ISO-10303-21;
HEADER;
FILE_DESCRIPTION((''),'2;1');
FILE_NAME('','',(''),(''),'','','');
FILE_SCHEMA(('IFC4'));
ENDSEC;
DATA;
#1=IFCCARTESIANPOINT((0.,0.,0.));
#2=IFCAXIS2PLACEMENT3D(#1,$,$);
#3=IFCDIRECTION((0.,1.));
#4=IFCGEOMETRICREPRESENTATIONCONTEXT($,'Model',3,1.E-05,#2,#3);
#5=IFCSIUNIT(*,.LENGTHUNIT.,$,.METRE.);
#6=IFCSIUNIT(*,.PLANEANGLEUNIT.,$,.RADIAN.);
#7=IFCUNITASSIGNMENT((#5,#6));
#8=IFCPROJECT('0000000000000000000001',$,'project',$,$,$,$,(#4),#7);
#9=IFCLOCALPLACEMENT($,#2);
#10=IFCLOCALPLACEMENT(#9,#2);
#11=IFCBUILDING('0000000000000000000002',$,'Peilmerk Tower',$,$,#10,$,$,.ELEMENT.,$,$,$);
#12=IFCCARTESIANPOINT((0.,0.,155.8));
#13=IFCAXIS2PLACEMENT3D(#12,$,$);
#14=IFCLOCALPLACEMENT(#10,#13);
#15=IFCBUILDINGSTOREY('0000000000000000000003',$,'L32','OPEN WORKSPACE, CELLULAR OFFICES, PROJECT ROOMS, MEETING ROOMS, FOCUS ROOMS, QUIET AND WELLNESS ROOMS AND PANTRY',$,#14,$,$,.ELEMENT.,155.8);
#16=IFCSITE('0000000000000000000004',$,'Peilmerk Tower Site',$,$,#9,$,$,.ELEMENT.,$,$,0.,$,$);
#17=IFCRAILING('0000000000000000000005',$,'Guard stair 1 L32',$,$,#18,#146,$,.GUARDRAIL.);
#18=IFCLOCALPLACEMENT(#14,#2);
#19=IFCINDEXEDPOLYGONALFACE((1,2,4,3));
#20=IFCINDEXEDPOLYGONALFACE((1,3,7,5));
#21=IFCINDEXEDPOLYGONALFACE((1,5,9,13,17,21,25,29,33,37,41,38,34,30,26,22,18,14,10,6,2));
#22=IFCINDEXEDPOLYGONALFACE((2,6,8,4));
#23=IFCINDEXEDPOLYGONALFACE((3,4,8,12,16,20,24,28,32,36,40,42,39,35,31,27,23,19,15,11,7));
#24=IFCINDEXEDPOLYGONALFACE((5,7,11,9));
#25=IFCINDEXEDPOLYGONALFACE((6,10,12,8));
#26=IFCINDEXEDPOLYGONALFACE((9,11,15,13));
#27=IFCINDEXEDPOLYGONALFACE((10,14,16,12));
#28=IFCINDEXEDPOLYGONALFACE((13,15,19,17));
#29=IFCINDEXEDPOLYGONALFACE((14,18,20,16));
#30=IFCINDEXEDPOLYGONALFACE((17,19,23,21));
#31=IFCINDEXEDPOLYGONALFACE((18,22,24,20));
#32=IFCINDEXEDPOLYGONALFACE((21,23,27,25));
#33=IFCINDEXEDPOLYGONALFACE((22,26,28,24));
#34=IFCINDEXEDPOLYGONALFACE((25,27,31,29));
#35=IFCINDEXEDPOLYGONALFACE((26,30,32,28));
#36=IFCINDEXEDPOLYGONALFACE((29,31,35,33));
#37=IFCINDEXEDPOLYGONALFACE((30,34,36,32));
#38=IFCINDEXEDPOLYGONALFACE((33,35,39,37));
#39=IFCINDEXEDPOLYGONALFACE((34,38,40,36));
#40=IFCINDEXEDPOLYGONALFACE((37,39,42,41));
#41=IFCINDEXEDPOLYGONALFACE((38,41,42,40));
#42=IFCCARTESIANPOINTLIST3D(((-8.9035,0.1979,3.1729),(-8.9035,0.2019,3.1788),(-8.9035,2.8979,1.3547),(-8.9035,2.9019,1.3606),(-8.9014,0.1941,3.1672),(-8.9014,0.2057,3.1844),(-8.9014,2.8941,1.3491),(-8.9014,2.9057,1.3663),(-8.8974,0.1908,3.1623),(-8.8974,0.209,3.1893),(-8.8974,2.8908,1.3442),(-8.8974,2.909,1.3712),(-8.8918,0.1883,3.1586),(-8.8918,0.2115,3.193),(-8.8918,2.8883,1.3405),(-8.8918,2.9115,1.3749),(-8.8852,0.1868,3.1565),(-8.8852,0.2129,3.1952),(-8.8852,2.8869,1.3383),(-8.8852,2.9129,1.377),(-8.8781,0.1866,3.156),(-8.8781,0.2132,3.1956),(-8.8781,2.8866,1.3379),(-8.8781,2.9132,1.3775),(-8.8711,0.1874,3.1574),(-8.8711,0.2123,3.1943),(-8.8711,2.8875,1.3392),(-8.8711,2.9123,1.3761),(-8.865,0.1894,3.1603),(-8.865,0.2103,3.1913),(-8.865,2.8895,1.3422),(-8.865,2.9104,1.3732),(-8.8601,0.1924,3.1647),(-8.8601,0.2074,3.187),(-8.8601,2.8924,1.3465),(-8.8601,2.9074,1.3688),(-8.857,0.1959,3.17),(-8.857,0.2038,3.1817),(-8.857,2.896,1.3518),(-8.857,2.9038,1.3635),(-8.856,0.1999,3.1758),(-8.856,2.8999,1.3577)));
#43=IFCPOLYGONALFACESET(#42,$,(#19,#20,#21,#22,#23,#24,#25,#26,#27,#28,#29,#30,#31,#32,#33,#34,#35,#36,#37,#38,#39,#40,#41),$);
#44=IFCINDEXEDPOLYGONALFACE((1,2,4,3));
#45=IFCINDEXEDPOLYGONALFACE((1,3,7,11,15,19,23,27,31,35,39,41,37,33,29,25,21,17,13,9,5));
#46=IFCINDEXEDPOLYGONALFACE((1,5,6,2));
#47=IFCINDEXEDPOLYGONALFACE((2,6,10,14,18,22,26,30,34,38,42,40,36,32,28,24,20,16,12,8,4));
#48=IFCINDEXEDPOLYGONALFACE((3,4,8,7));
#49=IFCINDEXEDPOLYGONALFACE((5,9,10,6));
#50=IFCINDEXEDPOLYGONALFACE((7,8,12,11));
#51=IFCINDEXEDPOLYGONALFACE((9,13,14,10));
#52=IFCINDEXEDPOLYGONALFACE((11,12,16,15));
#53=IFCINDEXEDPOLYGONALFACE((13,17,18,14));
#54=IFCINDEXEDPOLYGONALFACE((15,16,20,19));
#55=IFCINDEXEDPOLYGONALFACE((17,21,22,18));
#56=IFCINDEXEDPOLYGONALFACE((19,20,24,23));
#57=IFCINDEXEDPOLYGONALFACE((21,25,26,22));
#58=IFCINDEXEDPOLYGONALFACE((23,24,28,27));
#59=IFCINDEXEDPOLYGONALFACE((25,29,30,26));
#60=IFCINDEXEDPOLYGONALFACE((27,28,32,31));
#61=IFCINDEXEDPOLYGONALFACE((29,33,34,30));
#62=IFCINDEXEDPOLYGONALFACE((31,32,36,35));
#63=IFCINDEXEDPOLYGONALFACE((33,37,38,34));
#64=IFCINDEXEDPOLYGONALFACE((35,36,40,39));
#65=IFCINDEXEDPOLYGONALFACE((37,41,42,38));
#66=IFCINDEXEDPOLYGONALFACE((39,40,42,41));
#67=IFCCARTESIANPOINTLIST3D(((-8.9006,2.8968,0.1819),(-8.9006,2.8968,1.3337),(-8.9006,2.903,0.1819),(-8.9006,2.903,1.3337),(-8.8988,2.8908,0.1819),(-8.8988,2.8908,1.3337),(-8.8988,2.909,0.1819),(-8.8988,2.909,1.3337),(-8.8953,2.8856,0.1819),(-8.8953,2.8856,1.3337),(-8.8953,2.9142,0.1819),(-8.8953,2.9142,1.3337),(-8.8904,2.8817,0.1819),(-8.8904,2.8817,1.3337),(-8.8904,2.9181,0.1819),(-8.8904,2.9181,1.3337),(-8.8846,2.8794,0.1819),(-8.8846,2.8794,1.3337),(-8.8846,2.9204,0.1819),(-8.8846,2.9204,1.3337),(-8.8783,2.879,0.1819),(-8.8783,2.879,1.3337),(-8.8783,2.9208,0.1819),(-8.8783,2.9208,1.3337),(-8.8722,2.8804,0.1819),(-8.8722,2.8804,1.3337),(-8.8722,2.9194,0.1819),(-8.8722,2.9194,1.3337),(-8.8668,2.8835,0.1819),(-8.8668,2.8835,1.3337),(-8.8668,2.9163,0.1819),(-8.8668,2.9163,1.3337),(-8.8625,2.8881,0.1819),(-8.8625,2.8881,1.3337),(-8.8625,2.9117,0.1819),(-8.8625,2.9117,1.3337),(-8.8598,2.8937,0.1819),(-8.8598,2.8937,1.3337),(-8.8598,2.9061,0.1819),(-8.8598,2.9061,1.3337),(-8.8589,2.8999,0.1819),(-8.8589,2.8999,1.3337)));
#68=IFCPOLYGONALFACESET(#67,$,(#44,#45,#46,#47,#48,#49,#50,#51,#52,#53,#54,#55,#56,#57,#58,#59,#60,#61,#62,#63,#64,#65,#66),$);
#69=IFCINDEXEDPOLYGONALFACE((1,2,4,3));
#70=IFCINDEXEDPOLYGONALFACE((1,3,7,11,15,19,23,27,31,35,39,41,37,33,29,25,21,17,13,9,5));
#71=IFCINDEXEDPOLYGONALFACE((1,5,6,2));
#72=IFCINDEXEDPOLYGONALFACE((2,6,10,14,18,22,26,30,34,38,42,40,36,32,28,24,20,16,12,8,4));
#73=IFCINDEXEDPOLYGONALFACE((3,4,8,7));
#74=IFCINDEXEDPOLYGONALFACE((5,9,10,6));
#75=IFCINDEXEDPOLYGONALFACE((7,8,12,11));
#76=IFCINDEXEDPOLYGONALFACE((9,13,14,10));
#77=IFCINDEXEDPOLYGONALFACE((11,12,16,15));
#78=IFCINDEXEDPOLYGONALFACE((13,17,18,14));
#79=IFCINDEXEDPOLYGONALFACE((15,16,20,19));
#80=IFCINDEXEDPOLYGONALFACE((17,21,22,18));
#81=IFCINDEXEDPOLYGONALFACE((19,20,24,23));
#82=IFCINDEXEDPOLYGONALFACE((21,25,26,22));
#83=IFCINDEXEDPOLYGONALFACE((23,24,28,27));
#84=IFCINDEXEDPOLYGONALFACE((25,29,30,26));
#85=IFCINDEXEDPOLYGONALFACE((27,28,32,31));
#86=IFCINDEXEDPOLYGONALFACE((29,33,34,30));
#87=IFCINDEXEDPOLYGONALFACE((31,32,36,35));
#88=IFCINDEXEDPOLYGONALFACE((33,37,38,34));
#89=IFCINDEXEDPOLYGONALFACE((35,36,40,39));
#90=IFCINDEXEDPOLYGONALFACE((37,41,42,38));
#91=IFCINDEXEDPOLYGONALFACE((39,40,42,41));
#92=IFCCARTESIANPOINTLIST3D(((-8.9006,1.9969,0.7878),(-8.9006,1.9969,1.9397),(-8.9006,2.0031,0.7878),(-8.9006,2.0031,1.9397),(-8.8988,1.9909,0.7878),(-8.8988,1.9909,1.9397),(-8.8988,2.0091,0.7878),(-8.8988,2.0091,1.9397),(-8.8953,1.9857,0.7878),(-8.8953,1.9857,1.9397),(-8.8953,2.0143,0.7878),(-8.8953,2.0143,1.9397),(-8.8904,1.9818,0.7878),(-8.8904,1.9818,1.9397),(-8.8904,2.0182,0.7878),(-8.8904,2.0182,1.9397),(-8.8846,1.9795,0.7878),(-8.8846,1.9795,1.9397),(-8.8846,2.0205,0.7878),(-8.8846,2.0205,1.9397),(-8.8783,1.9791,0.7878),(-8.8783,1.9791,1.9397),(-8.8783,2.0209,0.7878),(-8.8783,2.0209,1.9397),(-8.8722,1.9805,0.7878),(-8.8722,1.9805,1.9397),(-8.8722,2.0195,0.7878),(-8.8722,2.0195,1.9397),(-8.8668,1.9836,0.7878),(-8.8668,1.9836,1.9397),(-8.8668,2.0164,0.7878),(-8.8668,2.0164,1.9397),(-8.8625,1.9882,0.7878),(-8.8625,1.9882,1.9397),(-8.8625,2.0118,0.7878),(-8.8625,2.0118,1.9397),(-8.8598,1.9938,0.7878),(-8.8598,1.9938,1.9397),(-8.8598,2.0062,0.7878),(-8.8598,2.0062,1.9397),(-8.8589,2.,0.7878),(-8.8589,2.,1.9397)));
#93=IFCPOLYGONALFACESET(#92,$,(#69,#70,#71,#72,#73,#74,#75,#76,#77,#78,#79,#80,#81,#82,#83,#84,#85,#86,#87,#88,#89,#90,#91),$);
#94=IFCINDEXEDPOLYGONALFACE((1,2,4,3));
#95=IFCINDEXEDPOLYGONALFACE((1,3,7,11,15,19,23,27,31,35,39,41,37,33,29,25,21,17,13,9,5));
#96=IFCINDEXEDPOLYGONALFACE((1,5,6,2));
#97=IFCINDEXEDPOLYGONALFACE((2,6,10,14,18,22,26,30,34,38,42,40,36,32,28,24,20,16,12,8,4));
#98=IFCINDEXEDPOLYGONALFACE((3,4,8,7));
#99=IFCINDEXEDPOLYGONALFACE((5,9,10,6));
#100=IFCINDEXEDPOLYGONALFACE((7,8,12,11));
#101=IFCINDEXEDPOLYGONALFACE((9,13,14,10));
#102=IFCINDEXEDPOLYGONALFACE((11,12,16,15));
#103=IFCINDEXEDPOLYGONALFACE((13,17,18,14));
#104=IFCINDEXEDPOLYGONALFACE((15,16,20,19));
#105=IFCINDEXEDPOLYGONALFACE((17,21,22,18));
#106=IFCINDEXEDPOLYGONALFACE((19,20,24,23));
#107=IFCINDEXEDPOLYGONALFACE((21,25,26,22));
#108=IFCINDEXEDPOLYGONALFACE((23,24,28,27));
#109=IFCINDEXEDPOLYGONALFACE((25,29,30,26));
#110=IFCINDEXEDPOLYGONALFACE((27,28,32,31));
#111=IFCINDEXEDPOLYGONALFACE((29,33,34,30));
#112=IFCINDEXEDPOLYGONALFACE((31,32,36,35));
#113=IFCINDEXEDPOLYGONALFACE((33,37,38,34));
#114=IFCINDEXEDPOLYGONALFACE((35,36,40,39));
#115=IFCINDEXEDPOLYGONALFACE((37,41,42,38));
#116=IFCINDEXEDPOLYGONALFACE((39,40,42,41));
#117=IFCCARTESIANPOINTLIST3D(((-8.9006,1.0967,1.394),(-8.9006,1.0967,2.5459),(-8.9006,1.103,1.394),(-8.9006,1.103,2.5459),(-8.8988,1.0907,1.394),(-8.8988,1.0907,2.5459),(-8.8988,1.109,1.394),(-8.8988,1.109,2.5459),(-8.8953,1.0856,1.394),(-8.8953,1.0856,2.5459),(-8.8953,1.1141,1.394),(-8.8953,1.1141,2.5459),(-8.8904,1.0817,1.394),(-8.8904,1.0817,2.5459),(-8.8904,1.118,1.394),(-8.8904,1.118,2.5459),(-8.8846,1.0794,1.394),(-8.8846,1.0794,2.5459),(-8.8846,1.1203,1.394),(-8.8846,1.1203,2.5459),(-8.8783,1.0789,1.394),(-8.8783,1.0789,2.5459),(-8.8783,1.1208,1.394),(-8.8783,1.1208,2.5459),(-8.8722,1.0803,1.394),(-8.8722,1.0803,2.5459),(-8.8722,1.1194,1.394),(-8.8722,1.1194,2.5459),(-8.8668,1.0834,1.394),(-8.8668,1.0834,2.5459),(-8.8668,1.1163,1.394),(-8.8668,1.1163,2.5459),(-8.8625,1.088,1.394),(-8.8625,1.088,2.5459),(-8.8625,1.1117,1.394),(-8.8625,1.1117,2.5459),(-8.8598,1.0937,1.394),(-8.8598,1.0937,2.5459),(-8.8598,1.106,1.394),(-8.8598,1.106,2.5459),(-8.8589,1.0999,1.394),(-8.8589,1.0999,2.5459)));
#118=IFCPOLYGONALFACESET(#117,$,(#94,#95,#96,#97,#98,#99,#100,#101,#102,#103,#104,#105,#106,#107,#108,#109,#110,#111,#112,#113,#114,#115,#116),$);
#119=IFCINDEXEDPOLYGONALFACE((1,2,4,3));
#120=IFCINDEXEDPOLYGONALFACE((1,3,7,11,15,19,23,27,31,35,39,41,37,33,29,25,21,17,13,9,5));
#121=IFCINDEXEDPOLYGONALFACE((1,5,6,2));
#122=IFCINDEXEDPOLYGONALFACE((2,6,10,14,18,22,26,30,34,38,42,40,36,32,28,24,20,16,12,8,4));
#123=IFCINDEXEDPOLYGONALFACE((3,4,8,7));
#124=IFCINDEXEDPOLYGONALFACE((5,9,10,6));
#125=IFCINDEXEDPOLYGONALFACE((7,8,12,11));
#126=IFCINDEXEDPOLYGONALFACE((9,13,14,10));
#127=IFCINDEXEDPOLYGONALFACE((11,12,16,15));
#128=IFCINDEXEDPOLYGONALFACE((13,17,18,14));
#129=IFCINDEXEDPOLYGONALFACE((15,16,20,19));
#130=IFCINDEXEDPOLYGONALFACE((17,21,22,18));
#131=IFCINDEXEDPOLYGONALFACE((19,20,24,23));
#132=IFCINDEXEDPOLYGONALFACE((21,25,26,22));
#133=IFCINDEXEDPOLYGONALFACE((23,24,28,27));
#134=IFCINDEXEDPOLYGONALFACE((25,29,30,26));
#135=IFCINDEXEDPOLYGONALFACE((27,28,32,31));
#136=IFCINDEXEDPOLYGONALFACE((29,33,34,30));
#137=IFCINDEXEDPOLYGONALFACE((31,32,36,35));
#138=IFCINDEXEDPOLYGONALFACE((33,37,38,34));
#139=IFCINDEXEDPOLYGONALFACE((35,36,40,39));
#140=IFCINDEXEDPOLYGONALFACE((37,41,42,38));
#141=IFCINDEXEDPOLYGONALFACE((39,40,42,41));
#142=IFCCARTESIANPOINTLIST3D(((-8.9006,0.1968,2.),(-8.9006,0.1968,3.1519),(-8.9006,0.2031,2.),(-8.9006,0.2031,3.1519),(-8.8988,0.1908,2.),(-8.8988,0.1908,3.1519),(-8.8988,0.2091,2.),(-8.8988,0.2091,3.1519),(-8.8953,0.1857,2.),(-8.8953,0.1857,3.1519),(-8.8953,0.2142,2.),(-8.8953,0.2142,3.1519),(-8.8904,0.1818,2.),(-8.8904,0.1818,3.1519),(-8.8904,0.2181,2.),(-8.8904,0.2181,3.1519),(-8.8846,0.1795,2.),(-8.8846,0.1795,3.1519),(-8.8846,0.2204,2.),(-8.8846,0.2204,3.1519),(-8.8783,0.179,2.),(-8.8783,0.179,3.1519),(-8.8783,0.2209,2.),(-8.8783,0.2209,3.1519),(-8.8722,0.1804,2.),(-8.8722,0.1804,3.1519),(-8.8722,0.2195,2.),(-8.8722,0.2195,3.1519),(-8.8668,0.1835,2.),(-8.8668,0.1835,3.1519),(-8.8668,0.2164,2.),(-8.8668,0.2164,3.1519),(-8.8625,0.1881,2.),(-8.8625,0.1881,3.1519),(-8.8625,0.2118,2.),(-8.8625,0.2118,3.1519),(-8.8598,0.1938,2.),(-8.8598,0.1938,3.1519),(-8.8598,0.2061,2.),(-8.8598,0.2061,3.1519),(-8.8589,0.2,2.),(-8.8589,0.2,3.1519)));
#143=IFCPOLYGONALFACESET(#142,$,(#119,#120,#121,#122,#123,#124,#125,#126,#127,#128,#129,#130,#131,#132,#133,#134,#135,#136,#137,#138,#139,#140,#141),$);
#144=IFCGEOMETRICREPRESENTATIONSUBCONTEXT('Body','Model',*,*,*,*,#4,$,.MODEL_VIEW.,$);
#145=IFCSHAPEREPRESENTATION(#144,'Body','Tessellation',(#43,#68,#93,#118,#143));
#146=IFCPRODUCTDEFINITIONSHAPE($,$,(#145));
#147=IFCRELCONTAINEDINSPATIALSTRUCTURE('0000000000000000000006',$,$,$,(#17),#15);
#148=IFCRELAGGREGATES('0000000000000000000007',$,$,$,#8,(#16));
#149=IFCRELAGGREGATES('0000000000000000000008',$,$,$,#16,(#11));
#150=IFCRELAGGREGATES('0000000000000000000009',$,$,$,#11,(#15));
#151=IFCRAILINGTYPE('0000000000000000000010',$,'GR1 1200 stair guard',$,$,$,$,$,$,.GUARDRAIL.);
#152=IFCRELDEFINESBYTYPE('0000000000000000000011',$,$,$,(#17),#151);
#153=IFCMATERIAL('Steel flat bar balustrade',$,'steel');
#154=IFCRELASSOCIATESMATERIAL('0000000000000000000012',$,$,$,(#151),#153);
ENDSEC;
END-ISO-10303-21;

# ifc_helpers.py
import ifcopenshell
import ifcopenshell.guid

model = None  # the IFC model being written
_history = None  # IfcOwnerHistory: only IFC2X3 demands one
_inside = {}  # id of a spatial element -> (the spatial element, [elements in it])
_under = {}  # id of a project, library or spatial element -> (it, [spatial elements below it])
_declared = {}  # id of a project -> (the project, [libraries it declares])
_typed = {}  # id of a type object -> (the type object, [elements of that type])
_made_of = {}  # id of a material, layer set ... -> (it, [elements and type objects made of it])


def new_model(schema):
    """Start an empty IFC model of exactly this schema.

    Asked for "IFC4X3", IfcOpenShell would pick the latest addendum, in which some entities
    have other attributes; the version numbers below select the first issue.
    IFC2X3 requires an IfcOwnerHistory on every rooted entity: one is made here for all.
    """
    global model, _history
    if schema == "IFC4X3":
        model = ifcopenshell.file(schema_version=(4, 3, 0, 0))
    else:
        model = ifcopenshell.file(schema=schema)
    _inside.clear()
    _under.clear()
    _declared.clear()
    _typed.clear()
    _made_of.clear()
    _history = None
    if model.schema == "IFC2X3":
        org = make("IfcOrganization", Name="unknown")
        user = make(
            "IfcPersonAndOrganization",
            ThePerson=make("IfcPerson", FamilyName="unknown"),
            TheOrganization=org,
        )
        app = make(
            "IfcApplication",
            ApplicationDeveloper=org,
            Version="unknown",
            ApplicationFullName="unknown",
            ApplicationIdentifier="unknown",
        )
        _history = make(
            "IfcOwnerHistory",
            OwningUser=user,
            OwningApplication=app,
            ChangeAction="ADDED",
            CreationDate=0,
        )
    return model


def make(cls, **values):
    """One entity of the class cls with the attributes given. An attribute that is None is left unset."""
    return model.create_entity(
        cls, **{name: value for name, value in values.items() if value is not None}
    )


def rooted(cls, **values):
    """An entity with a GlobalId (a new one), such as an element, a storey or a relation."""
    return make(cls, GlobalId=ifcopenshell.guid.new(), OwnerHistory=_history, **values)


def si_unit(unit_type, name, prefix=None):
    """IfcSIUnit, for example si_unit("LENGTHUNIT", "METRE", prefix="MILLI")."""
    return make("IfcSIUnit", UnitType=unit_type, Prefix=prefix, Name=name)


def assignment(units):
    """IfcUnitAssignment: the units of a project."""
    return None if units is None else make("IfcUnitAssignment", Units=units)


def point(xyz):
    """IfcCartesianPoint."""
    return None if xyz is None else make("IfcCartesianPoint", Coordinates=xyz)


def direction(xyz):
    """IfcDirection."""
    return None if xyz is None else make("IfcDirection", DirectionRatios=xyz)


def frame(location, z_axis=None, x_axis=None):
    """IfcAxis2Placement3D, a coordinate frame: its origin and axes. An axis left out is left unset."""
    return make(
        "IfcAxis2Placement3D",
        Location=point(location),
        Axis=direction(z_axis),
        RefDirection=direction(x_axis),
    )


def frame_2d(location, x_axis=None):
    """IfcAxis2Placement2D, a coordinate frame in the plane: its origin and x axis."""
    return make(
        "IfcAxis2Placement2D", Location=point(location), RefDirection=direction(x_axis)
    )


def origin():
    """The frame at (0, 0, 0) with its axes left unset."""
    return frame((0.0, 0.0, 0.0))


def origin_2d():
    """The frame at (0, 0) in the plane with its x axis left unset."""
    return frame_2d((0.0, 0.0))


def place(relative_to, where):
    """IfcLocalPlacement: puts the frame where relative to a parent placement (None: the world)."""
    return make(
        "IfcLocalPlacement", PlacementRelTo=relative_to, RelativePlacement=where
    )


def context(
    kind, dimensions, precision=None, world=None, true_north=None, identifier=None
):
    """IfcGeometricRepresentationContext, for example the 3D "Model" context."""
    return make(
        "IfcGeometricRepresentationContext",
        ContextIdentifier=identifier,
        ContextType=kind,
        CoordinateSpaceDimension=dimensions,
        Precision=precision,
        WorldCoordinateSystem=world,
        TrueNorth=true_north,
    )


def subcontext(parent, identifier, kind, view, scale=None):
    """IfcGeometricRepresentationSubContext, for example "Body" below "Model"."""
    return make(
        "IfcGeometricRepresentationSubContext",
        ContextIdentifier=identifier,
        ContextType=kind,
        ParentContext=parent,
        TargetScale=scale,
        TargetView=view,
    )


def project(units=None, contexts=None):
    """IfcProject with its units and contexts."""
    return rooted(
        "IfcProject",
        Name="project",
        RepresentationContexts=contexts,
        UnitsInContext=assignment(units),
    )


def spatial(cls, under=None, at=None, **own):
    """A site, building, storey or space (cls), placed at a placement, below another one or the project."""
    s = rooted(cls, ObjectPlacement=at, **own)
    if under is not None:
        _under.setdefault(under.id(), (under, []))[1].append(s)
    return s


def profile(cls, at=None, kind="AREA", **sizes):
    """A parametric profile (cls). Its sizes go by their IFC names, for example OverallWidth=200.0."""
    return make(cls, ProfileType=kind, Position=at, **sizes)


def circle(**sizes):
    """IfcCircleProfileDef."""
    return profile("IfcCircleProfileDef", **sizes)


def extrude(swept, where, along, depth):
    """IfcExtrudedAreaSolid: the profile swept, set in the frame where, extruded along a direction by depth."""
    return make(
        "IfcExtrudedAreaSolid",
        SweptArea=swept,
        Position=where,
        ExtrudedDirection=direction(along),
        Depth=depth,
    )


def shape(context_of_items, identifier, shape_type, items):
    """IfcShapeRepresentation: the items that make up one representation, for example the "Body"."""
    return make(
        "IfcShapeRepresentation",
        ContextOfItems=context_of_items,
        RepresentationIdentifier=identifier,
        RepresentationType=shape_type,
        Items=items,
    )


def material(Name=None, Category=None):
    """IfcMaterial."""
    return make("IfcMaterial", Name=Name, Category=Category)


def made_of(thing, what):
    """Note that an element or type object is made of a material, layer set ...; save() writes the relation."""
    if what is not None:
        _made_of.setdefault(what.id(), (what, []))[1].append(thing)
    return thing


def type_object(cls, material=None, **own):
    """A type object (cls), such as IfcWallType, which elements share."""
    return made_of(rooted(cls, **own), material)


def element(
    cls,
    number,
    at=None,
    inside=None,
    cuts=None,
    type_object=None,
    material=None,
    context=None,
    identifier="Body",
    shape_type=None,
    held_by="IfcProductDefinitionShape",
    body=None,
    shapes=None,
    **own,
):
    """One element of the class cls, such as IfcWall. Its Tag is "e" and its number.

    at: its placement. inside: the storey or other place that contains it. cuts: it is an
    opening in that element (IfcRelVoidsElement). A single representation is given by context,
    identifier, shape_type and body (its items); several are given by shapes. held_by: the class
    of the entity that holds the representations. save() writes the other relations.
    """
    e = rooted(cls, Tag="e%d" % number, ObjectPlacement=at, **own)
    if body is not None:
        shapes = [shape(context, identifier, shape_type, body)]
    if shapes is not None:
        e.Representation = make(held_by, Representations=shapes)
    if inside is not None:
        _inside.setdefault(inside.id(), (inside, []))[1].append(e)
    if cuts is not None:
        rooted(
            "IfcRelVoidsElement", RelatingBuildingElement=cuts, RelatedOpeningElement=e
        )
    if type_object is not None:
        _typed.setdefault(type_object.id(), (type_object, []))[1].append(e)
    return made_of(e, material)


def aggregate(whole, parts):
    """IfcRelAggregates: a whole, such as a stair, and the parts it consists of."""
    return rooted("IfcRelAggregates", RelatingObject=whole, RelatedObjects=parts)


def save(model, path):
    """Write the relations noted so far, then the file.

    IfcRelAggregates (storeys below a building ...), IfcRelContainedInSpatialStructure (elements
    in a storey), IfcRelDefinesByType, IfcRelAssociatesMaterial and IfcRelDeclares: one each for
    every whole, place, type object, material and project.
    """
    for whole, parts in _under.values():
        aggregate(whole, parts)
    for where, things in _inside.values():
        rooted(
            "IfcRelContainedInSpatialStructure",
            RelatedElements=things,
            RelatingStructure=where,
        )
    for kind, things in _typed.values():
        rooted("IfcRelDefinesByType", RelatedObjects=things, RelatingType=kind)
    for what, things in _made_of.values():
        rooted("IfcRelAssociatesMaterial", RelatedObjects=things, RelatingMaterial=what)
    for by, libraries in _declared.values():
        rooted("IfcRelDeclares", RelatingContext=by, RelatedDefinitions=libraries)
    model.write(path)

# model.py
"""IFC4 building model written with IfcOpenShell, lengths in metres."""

from ifc_helpers import new_model, si_unit, direction, frame, origin, origin_2d, place, context, subcontext, project, spatial, circle, extrude, material, type_object, element, save


model = new_model("IFC4")

# Units and contexts
model_context = context("Model", 3, precision=1e-05, world=origin(), true_north=direction((0.0, 1.0)))
body_context = subcontext(model_context, "Body", "Model", "MODEL_VIEW")
ifc_project = project(units=[si_unit("LENGTHUNIT", "METRE"), si_unit("PLANEANGLEUNIT", "RADIAN")], contexts=[model_context])

# Site, building, storey
site_placement = place(None, origin())
site = spatial("IfcSite", under=ifc_project, at=site_placement, Name="Peilmerk Tower Site", CompositionType="ELEMENT", RefElevation=0.0)
building_placement = place(site_placement, origin())
building = spatial("IfcBuilding", under=site, at=building_placement, Name="Peilmerk Tower", CompositionType="ELEMENT")
storey_placement = place(building_placement, frame((0.0, 0.0, 155.8)))
storey = spatial("IfcBuildingStorey", under=building, at=storey_placement, Name="L32", Description="OPEN WORKSPACE, CELLULAR OFFICES, PROJECT ROOMS, MEETING ROOMS, FOCUS ROOMS, QUIET AND WELLNESS ROOMS AND PANTRY", CompositionType="ELEMENT", Elevation=155.8)

# Railing
ifc_material_1 = material(Name="Steel flat bar balustrade", Category="steel")
railing_type_1 = type_object("IfcRailingType", Name="GR1 1200 stair guard", PredefinedType="GUARDRAIL", material=ifc_material_1)
railing_1_placement = place(storey_placement, frame((-8.8799, 2.8999, 0.1819)))
element("IfcRailing", 1, at=railing_1_placement, inside=storey, type_object=railing_type_1, Name="Guard stair 1 L32", PredefinedType="GUARDRAIL", context=body_context, shape_type="SweptSolid", body=[
    extrude(circle(Radius=0.0239, at=origin_2d()), frame((0.0, 0.0, 1.1758), z_axis=(0.0, -0.829468, 0.558554), x_axis=(1.0, 0.0, 0.0)), (0.0, 0.0, 1.0), 3.2551),
    extrude(circle(Radius=0.021, at=origin_2d()), origin(), (0.0, 0.0, 1.0), 1.1519),
    extrude(circle(Radius=0.021, at=origin_2d()), frame((0.0, -0.8999, 0.606)), (0.0, 0.0, 1.0), 1.1519),
    extrude(circle(Radius=0.021, at=origin_2d()), frame((0.0, -1.8, 1.2122)), (0.0, 0.0, 1.0), 1.1519),
    extrude(circle(Radius=0.021, at=origin_2d()), frame((0.0, -2.7, 1.8181)), (0.0, 0.0, 1.0), 1.1519),
])

save(model, "model.ifc")
